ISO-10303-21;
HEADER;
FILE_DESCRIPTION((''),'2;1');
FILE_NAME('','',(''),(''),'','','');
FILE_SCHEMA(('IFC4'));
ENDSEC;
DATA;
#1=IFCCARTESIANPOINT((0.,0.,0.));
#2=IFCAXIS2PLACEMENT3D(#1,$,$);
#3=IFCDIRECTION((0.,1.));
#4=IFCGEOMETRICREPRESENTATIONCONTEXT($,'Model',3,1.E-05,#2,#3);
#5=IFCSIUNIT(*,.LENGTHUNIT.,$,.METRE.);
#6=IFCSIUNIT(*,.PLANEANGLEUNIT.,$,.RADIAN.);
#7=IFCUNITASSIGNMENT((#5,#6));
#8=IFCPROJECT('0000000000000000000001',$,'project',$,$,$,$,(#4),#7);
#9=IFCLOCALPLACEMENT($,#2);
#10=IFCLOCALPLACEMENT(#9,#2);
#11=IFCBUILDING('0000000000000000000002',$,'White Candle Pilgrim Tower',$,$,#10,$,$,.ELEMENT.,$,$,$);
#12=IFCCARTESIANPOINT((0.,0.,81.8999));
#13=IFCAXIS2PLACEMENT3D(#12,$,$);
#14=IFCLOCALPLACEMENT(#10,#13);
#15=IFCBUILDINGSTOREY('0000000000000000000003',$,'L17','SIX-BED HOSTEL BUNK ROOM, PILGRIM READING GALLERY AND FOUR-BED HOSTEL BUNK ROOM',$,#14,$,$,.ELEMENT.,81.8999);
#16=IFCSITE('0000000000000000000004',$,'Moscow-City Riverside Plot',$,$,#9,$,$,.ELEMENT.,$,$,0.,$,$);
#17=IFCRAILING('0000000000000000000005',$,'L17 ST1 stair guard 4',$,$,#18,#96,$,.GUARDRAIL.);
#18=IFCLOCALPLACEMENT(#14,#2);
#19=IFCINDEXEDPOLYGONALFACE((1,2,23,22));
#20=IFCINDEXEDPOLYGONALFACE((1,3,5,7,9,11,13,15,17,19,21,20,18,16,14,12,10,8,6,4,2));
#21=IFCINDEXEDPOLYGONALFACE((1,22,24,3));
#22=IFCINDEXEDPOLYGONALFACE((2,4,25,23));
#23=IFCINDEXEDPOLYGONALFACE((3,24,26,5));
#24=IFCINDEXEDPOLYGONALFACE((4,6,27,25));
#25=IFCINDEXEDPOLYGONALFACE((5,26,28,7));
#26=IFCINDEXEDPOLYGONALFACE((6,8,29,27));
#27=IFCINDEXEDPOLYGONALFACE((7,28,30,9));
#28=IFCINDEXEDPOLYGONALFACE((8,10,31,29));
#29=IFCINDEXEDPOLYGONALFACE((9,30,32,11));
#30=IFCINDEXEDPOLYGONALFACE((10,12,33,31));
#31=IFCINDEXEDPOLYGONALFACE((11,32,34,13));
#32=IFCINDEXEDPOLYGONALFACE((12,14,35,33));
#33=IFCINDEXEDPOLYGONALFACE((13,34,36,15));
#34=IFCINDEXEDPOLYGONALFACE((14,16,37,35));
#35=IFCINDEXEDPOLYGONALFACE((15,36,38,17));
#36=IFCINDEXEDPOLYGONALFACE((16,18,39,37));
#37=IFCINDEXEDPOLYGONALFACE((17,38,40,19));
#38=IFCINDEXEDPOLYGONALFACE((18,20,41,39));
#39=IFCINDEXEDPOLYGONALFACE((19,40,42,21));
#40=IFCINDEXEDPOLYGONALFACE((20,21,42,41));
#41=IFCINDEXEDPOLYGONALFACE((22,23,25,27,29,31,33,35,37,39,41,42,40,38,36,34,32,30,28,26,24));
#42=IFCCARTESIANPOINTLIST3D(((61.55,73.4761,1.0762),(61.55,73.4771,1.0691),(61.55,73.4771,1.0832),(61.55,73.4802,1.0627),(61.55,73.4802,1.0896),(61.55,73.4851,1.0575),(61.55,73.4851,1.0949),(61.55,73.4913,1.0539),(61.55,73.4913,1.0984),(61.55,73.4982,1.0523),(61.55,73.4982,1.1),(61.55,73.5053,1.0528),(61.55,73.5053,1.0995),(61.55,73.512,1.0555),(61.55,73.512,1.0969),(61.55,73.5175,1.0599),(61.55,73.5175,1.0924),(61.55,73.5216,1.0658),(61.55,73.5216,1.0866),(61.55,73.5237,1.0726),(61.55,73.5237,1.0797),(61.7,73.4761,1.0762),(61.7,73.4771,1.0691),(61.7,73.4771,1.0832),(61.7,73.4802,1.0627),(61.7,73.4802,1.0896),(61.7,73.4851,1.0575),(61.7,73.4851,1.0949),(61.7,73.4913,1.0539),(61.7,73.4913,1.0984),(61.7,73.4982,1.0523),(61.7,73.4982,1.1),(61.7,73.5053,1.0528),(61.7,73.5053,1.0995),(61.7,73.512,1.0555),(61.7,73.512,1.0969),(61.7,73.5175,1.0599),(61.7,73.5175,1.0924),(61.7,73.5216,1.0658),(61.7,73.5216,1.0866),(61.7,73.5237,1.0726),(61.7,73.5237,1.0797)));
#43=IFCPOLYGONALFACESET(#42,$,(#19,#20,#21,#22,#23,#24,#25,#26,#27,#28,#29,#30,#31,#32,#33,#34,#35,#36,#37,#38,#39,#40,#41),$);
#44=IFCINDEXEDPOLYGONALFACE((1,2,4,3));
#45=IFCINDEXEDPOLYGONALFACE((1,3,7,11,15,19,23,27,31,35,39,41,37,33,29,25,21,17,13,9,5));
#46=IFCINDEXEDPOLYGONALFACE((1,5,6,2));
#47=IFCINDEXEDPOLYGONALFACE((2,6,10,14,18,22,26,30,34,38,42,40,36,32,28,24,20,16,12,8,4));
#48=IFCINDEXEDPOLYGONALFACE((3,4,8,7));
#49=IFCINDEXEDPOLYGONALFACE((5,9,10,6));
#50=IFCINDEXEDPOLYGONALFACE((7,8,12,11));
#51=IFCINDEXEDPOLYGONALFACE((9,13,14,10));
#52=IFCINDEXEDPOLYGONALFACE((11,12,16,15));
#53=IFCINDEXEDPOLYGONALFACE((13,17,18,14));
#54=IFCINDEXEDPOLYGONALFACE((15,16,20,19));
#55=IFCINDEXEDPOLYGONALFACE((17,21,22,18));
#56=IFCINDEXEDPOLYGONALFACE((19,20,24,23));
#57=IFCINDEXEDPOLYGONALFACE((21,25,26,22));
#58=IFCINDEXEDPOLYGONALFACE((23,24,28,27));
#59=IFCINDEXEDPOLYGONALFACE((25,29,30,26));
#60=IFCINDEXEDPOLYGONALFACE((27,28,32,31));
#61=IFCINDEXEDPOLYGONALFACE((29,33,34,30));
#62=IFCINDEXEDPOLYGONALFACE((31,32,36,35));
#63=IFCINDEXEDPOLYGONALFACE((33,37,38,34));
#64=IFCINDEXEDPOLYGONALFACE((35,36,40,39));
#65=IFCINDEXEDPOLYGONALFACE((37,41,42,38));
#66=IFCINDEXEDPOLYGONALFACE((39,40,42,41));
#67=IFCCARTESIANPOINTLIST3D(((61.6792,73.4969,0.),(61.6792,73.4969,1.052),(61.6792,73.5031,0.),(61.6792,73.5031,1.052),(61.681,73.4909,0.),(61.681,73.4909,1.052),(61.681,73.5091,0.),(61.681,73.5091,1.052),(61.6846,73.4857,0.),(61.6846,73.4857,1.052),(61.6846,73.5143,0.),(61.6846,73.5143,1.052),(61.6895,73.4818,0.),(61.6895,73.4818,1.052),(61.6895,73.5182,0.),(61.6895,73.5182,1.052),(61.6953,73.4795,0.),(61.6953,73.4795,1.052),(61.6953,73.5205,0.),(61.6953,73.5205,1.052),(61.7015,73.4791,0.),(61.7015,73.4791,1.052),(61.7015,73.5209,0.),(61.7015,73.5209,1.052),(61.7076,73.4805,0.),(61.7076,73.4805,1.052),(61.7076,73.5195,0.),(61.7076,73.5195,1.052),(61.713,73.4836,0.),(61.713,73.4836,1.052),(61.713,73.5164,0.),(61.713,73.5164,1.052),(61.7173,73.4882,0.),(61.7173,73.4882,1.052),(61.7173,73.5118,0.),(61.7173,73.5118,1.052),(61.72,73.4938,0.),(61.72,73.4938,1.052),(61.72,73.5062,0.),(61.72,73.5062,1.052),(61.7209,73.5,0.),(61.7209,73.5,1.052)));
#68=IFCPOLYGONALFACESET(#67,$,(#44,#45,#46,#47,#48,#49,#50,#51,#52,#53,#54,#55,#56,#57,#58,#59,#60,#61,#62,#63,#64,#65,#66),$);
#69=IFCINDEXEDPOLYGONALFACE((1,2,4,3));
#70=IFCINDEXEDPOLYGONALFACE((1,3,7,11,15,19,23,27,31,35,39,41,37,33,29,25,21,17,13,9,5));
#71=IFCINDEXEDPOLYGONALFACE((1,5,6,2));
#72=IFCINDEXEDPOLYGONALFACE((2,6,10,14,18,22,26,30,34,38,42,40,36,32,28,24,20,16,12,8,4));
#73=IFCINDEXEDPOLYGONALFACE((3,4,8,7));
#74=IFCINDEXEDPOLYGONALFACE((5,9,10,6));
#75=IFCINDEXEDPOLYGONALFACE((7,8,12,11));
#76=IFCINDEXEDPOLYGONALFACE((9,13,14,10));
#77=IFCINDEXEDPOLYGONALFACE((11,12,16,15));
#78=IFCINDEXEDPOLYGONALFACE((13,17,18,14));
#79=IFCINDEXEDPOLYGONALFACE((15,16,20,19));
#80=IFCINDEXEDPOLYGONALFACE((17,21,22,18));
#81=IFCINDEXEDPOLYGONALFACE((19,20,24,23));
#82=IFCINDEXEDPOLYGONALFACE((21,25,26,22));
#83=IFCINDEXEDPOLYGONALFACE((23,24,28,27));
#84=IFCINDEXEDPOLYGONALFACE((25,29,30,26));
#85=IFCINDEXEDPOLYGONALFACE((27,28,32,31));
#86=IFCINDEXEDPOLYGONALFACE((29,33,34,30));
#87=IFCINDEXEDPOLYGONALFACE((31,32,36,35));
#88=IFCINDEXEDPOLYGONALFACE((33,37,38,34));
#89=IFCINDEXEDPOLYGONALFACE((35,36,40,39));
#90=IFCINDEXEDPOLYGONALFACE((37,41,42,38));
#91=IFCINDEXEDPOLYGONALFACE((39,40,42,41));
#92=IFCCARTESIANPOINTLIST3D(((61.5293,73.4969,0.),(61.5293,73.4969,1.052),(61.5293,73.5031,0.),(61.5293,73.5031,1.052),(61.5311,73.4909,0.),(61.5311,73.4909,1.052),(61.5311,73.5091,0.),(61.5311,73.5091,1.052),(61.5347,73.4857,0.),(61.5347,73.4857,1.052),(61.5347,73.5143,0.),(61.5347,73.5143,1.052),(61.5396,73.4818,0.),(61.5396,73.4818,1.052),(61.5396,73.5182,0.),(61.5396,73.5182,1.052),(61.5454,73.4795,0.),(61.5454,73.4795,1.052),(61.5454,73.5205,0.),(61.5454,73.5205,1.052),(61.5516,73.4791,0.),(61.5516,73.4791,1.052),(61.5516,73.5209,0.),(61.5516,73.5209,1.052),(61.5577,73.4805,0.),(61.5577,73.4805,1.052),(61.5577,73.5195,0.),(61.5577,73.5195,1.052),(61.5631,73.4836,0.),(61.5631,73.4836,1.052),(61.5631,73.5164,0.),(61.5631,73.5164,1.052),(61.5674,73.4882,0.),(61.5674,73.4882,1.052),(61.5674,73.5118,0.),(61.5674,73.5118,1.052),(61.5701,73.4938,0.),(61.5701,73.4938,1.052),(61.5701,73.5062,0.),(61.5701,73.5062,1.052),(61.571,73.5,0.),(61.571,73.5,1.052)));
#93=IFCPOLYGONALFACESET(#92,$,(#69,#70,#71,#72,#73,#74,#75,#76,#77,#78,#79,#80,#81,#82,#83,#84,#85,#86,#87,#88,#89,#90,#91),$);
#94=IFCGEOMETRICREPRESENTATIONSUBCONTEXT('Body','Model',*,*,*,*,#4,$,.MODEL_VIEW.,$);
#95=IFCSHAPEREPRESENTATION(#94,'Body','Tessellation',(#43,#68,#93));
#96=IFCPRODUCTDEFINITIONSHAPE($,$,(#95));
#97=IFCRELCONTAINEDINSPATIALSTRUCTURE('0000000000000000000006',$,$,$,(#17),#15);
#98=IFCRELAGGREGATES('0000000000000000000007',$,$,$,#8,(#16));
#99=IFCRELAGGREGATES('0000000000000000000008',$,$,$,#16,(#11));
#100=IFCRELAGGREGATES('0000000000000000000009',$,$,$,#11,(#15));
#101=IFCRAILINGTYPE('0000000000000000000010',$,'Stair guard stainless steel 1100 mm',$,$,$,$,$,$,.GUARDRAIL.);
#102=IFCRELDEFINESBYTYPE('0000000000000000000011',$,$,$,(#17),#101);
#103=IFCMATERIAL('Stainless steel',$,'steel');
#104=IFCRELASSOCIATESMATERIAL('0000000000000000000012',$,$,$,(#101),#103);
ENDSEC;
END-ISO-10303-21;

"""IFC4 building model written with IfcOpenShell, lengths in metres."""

from ifc_helpers import new_model, si_unit, direction, frame, origin, origin_2d, place, context, subcontext, project, spatial, circle, extrude, material, type_object, element, save


model = new_model("IFC4")

# Units and contexts
model_context = context("Model", 3, precision=1e-05, world=origin(), true_north=direction((0.0, 1.0)))
body_context = subcontext(model_context, "Body", "Model", "MODEL_VIEW")
ifc_project = project(units=[si_unit("LENGTHUNIT", "METRE"), si_unit("PLANEANGLEUNIT", "RADIAN")], contexts=[model_context])

# Site, building, storey
site_placement = place(None, origin())
site = spatial("IfcSite", under=ifc_project, at=site_placement, Name="Moscow-City Riverside Plot", CompositionType="ELEMENT", RefElevation=0.0)
building_placement = place(site_placement, origin())
building = spatial("IfcBuilding", under=site, at=building_placement, Name="White Candle Pilgrim Tower", CompositionType="ELEMENT")
storey_placement = place(building_placement, frame((0.0, 0.0, 81.8999)))
storey = spatial("IfcBuildingStorey", under=building, at=storey_placement, Name="L17", Description="SIX-BED HOSTEL BUNK ROOM, PILGRIM READING GALLERY AND FOUR-BED HOSTEL BUNK ROOM", CompositionType="ELEMENT", Elevation=81.8999)

# Shared definitions
ifc_material_1 = material(Name="Stainless steel", Category="steel")

# Railing
railing_type = type_object("IfcRailingType", Name="Stair guard stainless steel 1100 mm", PredefinedType="GUARDRAIL", material=ifc_material_1)
railing_1_placement = place(storey_placement, frame((61.7, 73.5, 0.0)))
element("IfcRailing", 1, at=railing_1_placement, inside=storey, type_object=railing_type, Name="L17 ST1 stair guard 4", PredefinedType="GUARDRAIL", context=body_context, shape_type="SweptSolid", body=[
    extrude(circle(Radius=0.0239, at=origin_2d()), frame((0.0, 0.0, 1.0762), z_axis=(-1.0, 0.0, 0.0), x_axis=(0.0, -1.0, 0.0)), (0.0, 0.0, 1.0), 0.1499),
    extrude(circle(Radius=0.021, at=origin_2d()), origin(), (0.0, 0.0, 1.0), 1.052),
    extrude(circle(Radius=0.021, at=origin_2d()), frame((-0.1499, 0.0, 0.0)), (0.0, 0.0, 1.0), 1.052),
])

save(model, "model.ifc")
